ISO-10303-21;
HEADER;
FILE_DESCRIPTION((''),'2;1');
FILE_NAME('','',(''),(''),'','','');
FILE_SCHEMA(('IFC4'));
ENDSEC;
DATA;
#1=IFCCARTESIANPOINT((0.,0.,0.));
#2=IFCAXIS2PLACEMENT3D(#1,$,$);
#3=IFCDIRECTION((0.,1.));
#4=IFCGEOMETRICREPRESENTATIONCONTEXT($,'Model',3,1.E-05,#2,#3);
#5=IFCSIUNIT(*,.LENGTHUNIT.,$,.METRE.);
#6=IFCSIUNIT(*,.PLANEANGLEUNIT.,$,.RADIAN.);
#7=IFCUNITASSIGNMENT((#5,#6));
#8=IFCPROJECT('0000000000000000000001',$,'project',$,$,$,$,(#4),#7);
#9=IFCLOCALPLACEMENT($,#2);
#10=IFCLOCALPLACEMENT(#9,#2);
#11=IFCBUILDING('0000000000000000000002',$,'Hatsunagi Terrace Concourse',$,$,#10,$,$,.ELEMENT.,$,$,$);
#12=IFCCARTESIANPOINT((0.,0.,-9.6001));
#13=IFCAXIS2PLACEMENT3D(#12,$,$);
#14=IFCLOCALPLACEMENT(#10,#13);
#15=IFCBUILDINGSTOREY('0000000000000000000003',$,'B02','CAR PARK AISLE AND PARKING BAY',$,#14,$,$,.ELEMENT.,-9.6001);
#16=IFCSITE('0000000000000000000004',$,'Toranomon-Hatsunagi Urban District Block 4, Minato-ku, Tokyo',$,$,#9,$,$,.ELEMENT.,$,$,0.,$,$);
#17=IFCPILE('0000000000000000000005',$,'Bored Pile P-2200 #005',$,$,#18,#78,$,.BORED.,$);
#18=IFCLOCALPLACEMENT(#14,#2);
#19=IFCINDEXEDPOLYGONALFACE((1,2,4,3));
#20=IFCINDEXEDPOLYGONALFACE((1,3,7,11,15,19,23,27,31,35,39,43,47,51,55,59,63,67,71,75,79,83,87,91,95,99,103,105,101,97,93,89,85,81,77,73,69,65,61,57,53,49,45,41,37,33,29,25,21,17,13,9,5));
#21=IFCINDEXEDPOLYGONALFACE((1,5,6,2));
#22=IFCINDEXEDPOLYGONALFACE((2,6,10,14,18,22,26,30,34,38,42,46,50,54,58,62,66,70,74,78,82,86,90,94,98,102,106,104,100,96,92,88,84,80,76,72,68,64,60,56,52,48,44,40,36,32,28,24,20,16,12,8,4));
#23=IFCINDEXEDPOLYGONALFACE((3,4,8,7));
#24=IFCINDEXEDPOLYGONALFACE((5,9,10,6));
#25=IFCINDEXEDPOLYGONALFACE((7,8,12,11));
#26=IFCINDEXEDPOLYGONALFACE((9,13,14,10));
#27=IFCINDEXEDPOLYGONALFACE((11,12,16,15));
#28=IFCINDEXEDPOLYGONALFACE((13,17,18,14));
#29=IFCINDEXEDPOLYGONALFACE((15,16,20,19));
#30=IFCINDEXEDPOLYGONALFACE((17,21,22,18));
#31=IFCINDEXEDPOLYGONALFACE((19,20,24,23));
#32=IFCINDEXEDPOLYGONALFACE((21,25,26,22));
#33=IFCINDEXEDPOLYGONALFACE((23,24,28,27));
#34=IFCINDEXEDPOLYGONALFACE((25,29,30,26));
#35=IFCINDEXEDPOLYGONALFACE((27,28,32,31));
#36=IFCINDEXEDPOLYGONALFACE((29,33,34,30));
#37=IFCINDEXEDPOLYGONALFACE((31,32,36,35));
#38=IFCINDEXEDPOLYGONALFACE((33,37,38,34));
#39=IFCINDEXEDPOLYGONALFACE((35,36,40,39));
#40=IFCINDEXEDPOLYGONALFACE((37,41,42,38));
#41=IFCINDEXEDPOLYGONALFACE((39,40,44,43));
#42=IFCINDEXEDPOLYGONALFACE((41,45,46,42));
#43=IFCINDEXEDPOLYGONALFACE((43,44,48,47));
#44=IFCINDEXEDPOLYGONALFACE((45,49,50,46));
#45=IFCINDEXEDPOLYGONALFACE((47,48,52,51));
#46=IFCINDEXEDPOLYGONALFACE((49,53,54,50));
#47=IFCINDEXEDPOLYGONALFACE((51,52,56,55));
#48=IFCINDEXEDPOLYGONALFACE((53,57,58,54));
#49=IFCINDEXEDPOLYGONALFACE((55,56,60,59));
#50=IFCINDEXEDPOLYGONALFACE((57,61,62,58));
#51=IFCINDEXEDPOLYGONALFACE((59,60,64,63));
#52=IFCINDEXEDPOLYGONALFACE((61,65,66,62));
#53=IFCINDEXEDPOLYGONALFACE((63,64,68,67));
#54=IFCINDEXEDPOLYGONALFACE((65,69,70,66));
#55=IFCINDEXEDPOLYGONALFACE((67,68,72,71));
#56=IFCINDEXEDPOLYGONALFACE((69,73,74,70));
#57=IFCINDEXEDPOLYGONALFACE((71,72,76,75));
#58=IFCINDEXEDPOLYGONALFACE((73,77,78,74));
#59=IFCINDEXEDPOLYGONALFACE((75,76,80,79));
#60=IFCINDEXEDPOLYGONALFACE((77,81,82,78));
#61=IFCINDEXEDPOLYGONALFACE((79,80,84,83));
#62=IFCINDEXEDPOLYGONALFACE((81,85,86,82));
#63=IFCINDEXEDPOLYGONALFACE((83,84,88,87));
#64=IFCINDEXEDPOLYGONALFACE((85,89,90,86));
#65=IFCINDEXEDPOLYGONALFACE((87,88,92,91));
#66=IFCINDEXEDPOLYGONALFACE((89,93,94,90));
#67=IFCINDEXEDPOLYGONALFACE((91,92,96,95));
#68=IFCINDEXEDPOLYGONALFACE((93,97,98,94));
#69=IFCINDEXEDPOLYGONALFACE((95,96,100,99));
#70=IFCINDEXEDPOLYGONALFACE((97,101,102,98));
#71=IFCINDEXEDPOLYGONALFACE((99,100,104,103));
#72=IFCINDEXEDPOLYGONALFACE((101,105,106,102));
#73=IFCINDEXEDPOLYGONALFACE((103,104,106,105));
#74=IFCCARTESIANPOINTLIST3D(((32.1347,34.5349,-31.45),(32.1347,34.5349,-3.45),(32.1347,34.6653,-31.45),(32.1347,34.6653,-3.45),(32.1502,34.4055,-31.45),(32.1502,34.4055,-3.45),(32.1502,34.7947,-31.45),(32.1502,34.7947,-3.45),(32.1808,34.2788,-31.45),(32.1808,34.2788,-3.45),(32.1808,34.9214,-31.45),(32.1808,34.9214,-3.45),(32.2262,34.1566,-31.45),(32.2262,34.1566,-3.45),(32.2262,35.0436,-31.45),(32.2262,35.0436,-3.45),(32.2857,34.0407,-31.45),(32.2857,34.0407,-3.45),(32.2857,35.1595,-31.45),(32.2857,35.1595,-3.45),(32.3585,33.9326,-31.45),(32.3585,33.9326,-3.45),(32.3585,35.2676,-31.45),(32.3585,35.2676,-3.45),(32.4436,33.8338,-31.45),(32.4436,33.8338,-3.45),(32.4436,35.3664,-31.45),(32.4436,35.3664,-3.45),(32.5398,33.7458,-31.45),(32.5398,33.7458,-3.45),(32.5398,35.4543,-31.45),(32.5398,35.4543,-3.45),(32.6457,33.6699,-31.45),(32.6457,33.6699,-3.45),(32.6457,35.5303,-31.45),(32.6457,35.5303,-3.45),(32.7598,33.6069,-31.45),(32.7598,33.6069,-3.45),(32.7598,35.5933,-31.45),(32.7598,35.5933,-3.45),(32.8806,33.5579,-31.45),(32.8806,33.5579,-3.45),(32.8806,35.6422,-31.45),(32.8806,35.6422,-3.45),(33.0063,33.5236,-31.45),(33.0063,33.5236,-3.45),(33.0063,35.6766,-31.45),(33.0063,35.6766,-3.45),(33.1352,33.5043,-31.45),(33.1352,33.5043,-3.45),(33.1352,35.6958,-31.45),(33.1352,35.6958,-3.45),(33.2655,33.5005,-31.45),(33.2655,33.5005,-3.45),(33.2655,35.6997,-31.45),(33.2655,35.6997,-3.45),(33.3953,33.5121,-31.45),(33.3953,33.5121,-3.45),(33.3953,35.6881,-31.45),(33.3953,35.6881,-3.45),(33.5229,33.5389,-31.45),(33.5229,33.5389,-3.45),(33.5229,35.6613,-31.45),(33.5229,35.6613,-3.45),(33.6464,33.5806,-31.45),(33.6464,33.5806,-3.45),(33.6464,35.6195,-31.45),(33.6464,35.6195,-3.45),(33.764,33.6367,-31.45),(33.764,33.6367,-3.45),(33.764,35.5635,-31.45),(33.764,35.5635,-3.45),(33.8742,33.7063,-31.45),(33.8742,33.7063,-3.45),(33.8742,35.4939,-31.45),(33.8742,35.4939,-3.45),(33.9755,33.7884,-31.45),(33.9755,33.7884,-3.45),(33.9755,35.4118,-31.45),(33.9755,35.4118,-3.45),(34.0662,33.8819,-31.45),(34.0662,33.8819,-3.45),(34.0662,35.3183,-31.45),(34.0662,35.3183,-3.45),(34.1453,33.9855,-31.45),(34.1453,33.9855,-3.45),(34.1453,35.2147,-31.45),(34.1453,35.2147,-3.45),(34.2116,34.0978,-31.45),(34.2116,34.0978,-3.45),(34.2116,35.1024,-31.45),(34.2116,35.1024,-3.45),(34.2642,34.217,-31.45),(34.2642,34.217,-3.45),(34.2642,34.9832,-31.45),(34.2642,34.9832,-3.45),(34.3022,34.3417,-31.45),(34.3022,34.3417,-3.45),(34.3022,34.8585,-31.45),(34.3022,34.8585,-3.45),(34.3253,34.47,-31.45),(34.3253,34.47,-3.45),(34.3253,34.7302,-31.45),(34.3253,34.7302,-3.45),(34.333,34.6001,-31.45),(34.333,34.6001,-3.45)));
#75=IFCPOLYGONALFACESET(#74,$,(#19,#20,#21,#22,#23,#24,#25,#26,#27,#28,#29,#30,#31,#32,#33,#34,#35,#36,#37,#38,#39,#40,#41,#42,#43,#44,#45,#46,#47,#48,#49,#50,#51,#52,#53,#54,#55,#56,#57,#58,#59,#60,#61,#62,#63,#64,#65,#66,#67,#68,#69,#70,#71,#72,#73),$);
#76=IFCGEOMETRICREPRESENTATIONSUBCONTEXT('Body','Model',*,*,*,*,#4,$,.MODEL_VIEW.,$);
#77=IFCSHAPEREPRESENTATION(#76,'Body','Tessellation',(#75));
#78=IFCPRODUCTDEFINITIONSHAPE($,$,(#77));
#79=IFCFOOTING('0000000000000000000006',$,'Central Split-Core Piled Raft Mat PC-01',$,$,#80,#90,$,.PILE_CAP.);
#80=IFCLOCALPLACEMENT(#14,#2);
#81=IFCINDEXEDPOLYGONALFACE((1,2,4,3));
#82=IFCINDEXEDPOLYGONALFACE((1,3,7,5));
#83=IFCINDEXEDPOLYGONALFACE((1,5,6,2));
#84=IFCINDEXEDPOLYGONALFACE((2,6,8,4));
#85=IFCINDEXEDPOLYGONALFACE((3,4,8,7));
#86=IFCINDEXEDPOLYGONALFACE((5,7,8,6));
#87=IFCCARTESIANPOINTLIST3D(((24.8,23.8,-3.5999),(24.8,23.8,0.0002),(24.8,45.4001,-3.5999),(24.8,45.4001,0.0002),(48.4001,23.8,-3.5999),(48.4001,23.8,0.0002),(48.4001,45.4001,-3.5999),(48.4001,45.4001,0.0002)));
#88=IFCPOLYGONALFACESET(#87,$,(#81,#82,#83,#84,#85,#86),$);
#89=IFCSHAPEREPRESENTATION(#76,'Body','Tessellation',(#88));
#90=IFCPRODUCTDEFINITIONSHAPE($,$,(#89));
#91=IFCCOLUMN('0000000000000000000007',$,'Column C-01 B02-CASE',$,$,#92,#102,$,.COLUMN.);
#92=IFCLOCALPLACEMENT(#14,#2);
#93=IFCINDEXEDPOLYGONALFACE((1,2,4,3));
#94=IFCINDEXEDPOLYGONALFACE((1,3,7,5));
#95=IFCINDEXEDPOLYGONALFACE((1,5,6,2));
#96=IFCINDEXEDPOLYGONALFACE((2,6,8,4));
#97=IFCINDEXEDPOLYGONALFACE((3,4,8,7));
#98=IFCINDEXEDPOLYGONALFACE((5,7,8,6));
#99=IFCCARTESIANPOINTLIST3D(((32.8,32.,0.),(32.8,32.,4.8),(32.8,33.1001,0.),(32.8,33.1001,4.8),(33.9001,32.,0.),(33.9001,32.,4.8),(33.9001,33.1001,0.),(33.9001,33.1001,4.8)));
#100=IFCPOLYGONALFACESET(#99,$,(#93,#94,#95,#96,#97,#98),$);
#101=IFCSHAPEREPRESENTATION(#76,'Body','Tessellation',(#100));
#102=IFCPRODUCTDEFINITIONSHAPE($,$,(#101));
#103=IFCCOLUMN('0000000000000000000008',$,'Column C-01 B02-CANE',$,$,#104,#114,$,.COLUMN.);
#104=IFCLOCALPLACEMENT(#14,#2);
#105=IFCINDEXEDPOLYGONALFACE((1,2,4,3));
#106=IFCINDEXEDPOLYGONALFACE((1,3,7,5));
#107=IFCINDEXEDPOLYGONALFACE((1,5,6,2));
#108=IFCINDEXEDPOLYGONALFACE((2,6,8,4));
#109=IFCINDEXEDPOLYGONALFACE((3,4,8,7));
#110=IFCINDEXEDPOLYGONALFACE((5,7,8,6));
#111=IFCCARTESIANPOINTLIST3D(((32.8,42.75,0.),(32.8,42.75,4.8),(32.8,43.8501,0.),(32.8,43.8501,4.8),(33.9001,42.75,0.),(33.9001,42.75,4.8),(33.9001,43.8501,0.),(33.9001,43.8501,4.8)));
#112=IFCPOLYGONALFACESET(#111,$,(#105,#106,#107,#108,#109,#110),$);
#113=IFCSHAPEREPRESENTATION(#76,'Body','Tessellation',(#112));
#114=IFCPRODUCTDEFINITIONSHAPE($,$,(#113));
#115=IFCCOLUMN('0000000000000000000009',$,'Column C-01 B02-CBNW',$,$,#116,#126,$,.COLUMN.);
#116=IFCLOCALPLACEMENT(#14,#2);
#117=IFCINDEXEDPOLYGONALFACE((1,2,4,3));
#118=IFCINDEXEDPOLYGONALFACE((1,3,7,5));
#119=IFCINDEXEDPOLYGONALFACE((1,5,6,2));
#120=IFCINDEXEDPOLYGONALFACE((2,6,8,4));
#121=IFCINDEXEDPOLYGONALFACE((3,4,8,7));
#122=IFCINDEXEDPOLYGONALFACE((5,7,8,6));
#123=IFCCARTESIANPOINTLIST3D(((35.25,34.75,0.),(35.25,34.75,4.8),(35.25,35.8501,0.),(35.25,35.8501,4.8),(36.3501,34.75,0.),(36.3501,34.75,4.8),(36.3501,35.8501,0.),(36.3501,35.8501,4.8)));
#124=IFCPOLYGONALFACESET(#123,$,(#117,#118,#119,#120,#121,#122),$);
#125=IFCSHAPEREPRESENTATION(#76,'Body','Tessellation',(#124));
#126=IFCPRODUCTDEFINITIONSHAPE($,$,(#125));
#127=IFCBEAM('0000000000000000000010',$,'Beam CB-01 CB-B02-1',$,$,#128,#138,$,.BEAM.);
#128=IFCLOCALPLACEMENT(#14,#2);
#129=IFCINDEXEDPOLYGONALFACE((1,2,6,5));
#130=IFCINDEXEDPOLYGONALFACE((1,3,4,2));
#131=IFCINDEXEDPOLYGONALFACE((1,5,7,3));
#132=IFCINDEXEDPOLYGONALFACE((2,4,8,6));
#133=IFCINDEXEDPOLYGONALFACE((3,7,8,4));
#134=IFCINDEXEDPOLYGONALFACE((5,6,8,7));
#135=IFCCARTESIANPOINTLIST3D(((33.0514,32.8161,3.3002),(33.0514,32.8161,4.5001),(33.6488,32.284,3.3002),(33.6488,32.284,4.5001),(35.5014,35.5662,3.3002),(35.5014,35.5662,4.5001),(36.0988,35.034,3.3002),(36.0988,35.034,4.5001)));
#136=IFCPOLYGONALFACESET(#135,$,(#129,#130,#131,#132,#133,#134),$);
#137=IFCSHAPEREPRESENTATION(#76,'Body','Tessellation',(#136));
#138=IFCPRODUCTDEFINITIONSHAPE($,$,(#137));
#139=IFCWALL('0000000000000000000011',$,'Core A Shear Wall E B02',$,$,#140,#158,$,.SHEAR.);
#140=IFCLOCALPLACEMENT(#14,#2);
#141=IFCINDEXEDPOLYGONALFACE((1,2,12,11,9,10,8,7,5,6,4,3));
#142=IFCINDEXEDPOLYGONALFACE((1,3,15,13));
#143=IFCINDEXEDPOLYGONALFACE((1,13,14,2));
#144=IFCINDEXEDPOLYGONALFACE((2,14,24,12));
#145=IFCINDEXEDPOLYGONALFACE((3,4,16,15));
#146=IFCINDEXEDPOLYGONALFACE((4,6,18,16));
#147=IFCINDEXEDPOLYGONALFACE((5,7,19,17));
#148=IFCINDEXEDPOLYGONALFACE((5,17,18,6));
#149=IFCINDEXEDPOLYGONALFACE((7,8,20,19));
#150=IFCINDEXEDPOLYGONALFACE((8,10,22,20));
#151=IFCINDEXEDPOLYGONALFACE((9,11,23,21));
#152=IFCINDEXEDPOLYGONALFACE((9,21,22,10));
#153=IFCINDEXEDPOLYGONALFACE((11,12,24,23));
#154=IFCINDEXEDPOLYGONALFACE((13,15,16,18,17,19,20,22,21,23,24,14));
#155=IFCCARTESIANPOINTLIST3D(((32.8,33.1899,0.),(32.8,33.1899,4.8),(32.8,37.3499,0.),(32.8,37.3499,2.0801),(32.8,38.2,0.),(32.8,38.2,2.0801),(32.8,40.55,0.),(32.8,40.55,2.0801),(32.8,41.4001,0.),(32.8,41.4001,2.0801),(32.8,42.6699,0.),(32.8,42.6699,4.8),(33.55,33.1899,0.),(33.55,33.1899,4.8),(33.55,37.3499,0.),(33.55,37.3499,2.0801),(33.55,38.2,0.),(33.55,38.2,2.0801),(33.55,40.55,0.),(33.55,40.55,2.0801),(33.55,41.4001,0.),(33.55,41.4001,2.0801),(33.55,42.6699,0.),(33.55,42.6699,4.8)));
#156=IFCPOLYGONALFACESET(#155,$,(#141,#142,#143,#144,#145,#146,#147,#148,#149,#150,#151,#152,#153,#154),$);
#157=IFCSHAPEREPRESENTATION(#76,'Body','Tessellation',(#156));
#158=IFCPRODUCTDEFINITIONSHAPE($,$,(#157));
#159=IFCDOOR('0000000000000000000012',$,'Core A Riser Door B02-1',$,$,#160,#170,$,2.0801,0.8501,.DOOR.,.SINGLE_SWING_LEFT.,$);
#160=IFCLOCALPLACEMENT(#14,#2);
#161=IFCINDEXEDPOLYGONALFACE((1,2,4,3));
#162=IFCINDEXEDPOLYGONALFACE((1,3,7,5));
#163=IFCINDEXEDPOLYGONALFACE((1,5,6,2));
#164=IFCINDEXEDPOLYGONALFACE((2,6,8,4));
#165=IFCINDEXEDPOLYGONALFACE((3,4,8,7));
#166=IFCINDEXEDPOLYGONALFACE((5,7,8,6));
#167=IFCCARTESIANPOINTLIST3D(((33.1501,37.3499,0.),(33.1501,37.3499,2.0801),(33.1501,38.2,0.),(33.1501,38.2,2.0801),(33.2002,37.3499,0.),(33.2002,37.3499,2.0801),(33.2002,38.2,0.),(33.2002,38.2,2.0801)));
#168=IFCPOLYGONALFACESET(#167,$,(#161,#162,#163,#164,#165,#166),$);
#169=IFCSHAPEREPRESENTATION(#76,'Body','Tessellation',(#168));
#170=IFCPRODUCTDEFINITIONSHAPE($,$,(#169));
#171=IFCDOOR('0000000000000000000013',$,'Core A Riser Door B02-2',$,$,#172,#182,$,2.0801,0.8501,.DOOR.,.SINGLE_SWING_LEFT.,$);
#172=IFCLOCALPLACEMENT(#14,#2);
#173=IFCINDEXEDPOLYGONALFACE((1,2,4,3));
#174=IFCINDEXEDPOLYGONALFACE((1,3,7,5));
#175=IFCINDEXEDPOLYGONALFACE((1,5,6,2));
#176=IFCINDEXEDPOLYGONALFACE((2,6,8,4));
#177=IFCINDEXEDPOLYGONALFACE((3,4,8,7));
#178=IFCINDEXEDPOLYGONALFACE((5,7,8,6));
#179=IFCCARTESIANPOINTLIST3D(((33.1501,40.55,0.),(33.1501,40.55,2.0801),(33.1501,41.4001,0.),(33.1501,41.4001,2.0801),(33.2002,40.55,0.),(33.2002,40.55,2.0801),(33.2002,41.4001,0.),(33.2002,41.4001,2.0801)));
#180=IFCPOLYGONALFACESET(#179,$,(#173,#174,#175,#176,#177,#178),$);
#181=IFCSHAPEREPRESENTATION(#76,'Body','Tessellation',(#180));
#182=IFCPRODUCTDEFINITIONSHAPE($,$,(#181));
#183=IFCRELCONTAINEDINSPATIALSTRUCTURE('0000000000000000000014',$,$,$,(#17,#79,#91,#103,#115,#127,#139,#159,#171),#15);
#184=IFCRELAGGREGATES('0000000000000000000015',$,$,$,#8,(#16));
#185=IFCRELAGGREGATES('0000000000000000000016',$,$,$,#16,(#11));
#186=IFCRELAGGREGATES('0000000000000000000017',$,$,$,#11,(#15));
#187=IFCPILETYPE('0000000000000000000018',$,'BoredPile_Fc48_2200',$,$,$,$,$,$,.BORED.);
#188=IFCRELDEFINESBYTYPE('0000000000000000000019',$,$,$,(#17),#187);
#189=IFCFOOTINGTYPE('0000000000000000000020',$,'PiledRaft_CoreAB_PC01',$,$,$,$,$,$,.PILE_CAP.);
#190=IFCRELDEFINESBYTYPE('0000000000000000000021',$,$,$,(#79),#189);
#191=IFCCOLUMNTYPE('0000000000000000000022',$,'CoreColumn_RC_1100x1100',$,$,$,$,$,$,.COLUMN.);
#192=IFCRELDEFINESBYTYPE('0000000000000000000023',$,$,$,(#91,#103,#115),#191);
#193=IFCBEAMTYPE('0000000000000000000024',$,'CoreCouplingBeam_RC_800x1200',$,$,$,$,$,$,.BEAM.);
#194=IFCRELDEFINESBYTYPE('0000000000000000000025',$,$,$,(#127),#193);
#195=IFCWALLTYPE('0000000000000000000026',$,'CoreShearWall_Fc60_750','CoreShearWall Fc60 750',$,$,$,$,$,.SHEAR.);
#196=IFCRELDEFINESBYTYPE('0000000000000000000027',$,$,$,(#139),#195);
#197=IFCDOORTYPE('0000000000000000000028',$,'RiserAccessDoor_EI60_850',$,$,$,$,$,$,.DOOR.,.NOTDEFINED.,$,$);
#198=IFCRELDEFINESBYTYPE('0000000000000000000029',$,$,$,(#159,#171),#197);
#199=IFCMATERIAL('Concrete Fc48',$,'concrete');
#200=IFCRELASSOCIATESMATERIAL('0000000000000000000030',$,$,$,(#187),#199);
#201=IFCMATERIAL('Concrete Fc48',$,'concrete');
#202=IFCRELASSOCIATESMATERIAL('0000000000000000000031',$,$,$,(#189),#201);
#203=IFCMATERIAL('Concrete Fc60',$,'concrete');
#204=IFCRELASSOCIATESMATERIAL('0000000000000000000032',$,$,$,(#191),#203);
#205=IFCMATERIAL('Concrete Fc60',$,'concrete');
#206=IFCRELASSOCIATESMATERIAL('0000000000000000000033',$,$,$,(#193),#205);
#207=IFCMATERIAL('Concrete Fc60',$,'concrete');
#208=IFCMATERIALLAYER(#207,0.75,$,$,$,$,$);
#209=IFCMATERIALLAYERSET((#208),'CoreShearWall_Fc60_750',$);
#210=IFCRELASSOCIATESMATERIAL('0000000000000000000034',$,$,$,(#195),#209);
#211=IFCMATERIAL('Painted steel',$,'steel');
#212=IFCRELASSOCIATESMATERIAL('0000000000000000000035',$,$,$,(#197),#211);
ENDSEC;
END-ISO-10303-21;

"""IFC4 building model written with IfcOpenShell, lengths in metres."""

from ifc_helpers import new_model, si_unit, direction, frame, frame_2d, origin, origin_2d, place, context, subcontext, project, spatial, rectangle, circle, extrude, material, layer, layer_set, material_profile, profile_set, type_object, element, fill, save


model = new_model("IFC4")

# Units and contexts
model_context = context("Model", 3, precision=1e-05, world=origin(), true_north=direction((0.0, 1.0)))
body_context = subcontext(model_context, "Body", "Model", "MODEL_VIEW")
ifc_project = project(units=[si_unit("LENGTHUNIT", "METRE"), si_unit("PLANEANGLEUNIT", "RADIAN")], contexts=[model_context])

# Site, building, storey
site_placement = place(None, origin())
site = spatial("IfcSite", under=ifc_project, at=site_placement, Name="Toranomon-Hatsunagi Urban District Block 4, Minato-ku, Tokyo", CompositionType="ELEMENT", RefElevation=0.0)
building_placement = place(site_placement, origin())
building = spatial("IfcBuilding", under=site, at=building_placement, Name="Hatsunagi Terrace Concourse", CompositionType="ELEMENT")
storey_placement = place(building_placement, frame((0.0, 0.0, -9.6001)))
storey = spatial("IfcBuildingStorey", under=building, at=storey_placement, Name="B02", Description="CAR PARK AISLE AND PARKING BAY", CompositionType="ELEMENT", Elevation=-9.6001)

# Pile
ifc_material_1 = material(Name="Concrete Fc48", Category="concrete")
ifc_material_profile_1 = material_profile(ifc_material_1, circle(Radius=1.1001, at=origin_2d()), Name="PILE-2200")
ifc_profile_set_1 = profile_set([ifc_material_profile_1], Name="Concrete Fc48")
pile_type = type_object("IfcPileType", Name="BoredPile_Fc48_2200", PredefinedType="BORED", material=ifc_profile_set_1)
pile_placement = place(storey_placement, frame((33.2329, 34.6001, -3.45), z_axis=(0.0, 0.0, -1.0), x_axis=(1.0, 0.0, 0.0)))
element("IfcPile", 1, at=pile_placement, inside=storey, type_object=pile_type, Name="Bored Pile P-2200 #005", PredefinedType="BORED", context=body_context, shape_type="SweptSolid", body=[
    extrude(circle(Radius=1.1001, at=origin_2d()), origin(), (0.0, 0.0, 1.0), 28.0),
])

# Footing
ifc_material_2 = material(Name="Concrete Fc48", Category="concrete")
footing_type = type_object("IfcFootingType", Name="PiledRaft_CoreAB_PC01", PredefinedType="PILE_CAP", material=ifc_material_2)
footing_placement = place(storey_placement, frame((36.6001, 34.6001, -3.5999), z_axis=(0.0, 0.0, 1.0), x_axis=(1.0, 0.0, 0.0)))
element("IfcFooting", 2, at=footing_placement, inside=storey, type_object=footing_type, Name="Central Split-Core Piled Raft Mat PC-01", PredefinedType="PILE_CAP", context=body_context, shape_type="SweptSolid", body=[
    extrude(rectangle(XDim=23.6001, YDim=21.6001, at=origin_2d()), origin(), (0.0, 0.0, 1.0), 3.6001),
])

# Columns
ifc_material_3 = material(Name="Concrete Fc60", Category="concrete")
ifc_material_profile_2 = material_profile(ifc_material_3, rectangle(XDim=1.1001, YDim=1.1001, at=origin_2d()), Name="RC-1100x1100")
ifc_profile_set_2 = profile_set([ifc_material_profile_2], Name="Concrete Fc60")
column_type = type_object("IfcColumnType", Name="CoreColumn_RC_1100x1100", PredefinedType="COLUMN", material=ifc_profile_set_2)
for number, where, z_axis, x_axis, name in (
    (3, (33.3501, 32.55, 0.0), (0.0, 0.0, 1.0), (1.0, 0.0, 0.0), "Column C-01 B02-CASE"),
    (4, (33.3501, 43.3, 0.0), (0.0, 0.0, 1.0), (1.0, 0.0, 0.0), "Column C-01 B02-CANE"),
    (5, (35.8, 35.3, 0.0), (0.0, 0.0, 1.0), (1.0, 0.0, 0.0), "Column C-01 B02-CBNW"),
):
    element("IfcColumn", number, at=place(storey_placement, frame(where, z_axis=z_axis, x_axis=x_axis)), inside=storey, type_object=column_type, Name=name, PredefinedType="COLUMN", context=body_context, shape_type="SweptSolid", body=[
        extrude(rectangle(XDim=1.1001, YDim=1.1001, at=origin_2d()), origin(), (0.0, 0.0, 1.0), 4.8),
    ])

# Beam
ifc_material_4 = material(Name="Concrete Fc60", Category="concrete")
ifc_material_profile_3 = material_profile(ifc_material_4, rectangle(XDim=0.8, YDim=1.2, at=origin_2d()), Name="RC-800x1200")
ifc_profile_set_3 = profile_set([ifc_material_profile_3], Name="Concrete Fc60")
beam_type = type_object("IfcBeamType", Name="CoreCouplingBeam_RC_800x1200", PredefinedType="BEAM", material=ifc_profile_set_3)
beam_placement = place(storey_placement, frame((33.3501, 32.55, 3.9001), z_axis=(0.665199, 0.746666, 0.0), x_axis=(-0.746666, 0.665199, 0.0)))
element("IfcBeam", 6, at=beam_placement, inside=storey, type_object=beam_type, Name="Beam CB-01 CB-B02-1", PredefinedType="BEAM", context=body_context, shape_type="SweptSolid", body=[
    extrude(rectangle(XDim=0.8, YDim=1.2, at=origin_2d()), origin(), (0.0, 0.0, 1.0), 3.6831),
])

# Wall, openings, doors
ifc_material_5 = material(Name="Concrete Fc60", Category="concrete")
ifc_layer_1 = layer(ifc_material_5, 0.75)
ifc_layer_set_1 = layer_set([ifc_layer_1], Name="CoreShearWall_Fc60_750")
wall_type_1 = type_object("IfcWallType", Name="CoreShearWall_Fc60_750", Description="CoreShearWall Fc60 750", PredefinedType="SHEAR", material=ifc_layer_set_1)
wall_1_placement = place(storey_placement, frame((33.175, 33.1899, 0.0), z_axis=(0.0, 0.0, 1.0), x_axis=(0.0, 1.0, 0.0)))
wall_1 = element("IfcWall", 7, at=wall_1_placement, inside=storey, type_object=wall_type_1, Name="Core A Shear Wall E B02", PredefinedType="SHEAR", context=body_context, shape_type="SweptSolid", body=[
    extrude(rectangle(XDim=9.48, YDim=0.75, at=frame_2d((4.74, 0.0))), origin(), (0.0, 0.0, 1.0), 4.8),
])
opening_1_placement = place(wall_1_placement, frame((4.1599, 0.0, 0.0)))
opening_1 = element("IfcOpeningElement", 8, at=opening_1_placement, cuts=wall_1, PredefinedType="OPENING", context=body_context, shape_type="SweptSolid", body=[
    extrude(rectangle(XDim=0.8501, YDim=2.0801, at=frame_2d((0.425, 1.04))), frame((0.0, 0.385, 0.0), z_axis=(0.0, -1.0, 0.0), x_axis=(1.0, 0.0, 0.0)), (0.0, 0.0, 1.0), 0.77),
])
opening_2_placement = place(wall_1_placement, frame((7.3601, 0.0, 0.0)))
opening_2 = element("IfcOpeningElement", 9, at=opening_2_placement, cuts=wall_1, PredefinedType="OPENING", context=body_context, shape_type="SweptSolid", body=[
    extrude(rectangle(XDim=0.8501, YDim=2.0801, at=frame_2d((0.425, 1.04))), frame((0.0, 0.385, 0.0), z_axis=(0.0, -1.0, 0.0), x_axis=(1.0, 0.0, 0.0)), (0.0, 0.0, 1.0), 0.77),
])
ifc_material_6 = material(Name="Painted steel", Category="steel")
door_type_1 = type_object("IfcDoorType", Name="RiserAccessDoor_EI60_850", OperationType="NOTDEFINED", PredefinedType="DOOR", material=ifc_material_6)
door_1_placement = place(opening_1_placement, origin())
door_1 = element("IfcDoor", 10, at=door_1_placement, inside=storey, type_object=door_type_1, Name="Core A Riser Door B02-1", OperationType="SINGLE_SWING_LEFT", OverallHeight=2.0801, OverallWidth=0.8501, PredefinedType="DOOR", context=body_context, shape_type="SweptSolid", body=[
    extrude(rectangle(XDim=0.8501, YDim=2.0801, at=frame_2d((0.425, 1.04))), frame((0.0, 0.0249, 0.0), z_axis=(0.0, -1.0, 0.0), x_axis=(1.0, 0.0, 0.0)), (0.0, 0.0, 1.0), 0.05),
])
fill(opening_1, door_1)
door_2_placement = place(opening_2_placement, origin())
door_2 = element("IfcDoor", 11, at=door_2_placement, inside=storey, type_object=door_type_1, Name="Core A Riser Door B02-2", OperationType="SINGLE_SWING_LEFT", OverallHeight=2.0801, OverallWidth=0.8501, PredefinedType="DOOR", context=body_context, shape_type="SweptSolid", body=[
    extrude(rectangle(XDim=0.8501, YDim=2.0801, at=frame_2d((0.425, 1.04))), frame((0.0, 0.0249, 0.0), z_axis=(0.0, -1.0, 0.0), x_axis=(1.0, 0.0, 0.0)), (0.0, 0.0, 1.0), 0.05),
])
fill(opening_2, door_2)

save(model, "model.ifc")
